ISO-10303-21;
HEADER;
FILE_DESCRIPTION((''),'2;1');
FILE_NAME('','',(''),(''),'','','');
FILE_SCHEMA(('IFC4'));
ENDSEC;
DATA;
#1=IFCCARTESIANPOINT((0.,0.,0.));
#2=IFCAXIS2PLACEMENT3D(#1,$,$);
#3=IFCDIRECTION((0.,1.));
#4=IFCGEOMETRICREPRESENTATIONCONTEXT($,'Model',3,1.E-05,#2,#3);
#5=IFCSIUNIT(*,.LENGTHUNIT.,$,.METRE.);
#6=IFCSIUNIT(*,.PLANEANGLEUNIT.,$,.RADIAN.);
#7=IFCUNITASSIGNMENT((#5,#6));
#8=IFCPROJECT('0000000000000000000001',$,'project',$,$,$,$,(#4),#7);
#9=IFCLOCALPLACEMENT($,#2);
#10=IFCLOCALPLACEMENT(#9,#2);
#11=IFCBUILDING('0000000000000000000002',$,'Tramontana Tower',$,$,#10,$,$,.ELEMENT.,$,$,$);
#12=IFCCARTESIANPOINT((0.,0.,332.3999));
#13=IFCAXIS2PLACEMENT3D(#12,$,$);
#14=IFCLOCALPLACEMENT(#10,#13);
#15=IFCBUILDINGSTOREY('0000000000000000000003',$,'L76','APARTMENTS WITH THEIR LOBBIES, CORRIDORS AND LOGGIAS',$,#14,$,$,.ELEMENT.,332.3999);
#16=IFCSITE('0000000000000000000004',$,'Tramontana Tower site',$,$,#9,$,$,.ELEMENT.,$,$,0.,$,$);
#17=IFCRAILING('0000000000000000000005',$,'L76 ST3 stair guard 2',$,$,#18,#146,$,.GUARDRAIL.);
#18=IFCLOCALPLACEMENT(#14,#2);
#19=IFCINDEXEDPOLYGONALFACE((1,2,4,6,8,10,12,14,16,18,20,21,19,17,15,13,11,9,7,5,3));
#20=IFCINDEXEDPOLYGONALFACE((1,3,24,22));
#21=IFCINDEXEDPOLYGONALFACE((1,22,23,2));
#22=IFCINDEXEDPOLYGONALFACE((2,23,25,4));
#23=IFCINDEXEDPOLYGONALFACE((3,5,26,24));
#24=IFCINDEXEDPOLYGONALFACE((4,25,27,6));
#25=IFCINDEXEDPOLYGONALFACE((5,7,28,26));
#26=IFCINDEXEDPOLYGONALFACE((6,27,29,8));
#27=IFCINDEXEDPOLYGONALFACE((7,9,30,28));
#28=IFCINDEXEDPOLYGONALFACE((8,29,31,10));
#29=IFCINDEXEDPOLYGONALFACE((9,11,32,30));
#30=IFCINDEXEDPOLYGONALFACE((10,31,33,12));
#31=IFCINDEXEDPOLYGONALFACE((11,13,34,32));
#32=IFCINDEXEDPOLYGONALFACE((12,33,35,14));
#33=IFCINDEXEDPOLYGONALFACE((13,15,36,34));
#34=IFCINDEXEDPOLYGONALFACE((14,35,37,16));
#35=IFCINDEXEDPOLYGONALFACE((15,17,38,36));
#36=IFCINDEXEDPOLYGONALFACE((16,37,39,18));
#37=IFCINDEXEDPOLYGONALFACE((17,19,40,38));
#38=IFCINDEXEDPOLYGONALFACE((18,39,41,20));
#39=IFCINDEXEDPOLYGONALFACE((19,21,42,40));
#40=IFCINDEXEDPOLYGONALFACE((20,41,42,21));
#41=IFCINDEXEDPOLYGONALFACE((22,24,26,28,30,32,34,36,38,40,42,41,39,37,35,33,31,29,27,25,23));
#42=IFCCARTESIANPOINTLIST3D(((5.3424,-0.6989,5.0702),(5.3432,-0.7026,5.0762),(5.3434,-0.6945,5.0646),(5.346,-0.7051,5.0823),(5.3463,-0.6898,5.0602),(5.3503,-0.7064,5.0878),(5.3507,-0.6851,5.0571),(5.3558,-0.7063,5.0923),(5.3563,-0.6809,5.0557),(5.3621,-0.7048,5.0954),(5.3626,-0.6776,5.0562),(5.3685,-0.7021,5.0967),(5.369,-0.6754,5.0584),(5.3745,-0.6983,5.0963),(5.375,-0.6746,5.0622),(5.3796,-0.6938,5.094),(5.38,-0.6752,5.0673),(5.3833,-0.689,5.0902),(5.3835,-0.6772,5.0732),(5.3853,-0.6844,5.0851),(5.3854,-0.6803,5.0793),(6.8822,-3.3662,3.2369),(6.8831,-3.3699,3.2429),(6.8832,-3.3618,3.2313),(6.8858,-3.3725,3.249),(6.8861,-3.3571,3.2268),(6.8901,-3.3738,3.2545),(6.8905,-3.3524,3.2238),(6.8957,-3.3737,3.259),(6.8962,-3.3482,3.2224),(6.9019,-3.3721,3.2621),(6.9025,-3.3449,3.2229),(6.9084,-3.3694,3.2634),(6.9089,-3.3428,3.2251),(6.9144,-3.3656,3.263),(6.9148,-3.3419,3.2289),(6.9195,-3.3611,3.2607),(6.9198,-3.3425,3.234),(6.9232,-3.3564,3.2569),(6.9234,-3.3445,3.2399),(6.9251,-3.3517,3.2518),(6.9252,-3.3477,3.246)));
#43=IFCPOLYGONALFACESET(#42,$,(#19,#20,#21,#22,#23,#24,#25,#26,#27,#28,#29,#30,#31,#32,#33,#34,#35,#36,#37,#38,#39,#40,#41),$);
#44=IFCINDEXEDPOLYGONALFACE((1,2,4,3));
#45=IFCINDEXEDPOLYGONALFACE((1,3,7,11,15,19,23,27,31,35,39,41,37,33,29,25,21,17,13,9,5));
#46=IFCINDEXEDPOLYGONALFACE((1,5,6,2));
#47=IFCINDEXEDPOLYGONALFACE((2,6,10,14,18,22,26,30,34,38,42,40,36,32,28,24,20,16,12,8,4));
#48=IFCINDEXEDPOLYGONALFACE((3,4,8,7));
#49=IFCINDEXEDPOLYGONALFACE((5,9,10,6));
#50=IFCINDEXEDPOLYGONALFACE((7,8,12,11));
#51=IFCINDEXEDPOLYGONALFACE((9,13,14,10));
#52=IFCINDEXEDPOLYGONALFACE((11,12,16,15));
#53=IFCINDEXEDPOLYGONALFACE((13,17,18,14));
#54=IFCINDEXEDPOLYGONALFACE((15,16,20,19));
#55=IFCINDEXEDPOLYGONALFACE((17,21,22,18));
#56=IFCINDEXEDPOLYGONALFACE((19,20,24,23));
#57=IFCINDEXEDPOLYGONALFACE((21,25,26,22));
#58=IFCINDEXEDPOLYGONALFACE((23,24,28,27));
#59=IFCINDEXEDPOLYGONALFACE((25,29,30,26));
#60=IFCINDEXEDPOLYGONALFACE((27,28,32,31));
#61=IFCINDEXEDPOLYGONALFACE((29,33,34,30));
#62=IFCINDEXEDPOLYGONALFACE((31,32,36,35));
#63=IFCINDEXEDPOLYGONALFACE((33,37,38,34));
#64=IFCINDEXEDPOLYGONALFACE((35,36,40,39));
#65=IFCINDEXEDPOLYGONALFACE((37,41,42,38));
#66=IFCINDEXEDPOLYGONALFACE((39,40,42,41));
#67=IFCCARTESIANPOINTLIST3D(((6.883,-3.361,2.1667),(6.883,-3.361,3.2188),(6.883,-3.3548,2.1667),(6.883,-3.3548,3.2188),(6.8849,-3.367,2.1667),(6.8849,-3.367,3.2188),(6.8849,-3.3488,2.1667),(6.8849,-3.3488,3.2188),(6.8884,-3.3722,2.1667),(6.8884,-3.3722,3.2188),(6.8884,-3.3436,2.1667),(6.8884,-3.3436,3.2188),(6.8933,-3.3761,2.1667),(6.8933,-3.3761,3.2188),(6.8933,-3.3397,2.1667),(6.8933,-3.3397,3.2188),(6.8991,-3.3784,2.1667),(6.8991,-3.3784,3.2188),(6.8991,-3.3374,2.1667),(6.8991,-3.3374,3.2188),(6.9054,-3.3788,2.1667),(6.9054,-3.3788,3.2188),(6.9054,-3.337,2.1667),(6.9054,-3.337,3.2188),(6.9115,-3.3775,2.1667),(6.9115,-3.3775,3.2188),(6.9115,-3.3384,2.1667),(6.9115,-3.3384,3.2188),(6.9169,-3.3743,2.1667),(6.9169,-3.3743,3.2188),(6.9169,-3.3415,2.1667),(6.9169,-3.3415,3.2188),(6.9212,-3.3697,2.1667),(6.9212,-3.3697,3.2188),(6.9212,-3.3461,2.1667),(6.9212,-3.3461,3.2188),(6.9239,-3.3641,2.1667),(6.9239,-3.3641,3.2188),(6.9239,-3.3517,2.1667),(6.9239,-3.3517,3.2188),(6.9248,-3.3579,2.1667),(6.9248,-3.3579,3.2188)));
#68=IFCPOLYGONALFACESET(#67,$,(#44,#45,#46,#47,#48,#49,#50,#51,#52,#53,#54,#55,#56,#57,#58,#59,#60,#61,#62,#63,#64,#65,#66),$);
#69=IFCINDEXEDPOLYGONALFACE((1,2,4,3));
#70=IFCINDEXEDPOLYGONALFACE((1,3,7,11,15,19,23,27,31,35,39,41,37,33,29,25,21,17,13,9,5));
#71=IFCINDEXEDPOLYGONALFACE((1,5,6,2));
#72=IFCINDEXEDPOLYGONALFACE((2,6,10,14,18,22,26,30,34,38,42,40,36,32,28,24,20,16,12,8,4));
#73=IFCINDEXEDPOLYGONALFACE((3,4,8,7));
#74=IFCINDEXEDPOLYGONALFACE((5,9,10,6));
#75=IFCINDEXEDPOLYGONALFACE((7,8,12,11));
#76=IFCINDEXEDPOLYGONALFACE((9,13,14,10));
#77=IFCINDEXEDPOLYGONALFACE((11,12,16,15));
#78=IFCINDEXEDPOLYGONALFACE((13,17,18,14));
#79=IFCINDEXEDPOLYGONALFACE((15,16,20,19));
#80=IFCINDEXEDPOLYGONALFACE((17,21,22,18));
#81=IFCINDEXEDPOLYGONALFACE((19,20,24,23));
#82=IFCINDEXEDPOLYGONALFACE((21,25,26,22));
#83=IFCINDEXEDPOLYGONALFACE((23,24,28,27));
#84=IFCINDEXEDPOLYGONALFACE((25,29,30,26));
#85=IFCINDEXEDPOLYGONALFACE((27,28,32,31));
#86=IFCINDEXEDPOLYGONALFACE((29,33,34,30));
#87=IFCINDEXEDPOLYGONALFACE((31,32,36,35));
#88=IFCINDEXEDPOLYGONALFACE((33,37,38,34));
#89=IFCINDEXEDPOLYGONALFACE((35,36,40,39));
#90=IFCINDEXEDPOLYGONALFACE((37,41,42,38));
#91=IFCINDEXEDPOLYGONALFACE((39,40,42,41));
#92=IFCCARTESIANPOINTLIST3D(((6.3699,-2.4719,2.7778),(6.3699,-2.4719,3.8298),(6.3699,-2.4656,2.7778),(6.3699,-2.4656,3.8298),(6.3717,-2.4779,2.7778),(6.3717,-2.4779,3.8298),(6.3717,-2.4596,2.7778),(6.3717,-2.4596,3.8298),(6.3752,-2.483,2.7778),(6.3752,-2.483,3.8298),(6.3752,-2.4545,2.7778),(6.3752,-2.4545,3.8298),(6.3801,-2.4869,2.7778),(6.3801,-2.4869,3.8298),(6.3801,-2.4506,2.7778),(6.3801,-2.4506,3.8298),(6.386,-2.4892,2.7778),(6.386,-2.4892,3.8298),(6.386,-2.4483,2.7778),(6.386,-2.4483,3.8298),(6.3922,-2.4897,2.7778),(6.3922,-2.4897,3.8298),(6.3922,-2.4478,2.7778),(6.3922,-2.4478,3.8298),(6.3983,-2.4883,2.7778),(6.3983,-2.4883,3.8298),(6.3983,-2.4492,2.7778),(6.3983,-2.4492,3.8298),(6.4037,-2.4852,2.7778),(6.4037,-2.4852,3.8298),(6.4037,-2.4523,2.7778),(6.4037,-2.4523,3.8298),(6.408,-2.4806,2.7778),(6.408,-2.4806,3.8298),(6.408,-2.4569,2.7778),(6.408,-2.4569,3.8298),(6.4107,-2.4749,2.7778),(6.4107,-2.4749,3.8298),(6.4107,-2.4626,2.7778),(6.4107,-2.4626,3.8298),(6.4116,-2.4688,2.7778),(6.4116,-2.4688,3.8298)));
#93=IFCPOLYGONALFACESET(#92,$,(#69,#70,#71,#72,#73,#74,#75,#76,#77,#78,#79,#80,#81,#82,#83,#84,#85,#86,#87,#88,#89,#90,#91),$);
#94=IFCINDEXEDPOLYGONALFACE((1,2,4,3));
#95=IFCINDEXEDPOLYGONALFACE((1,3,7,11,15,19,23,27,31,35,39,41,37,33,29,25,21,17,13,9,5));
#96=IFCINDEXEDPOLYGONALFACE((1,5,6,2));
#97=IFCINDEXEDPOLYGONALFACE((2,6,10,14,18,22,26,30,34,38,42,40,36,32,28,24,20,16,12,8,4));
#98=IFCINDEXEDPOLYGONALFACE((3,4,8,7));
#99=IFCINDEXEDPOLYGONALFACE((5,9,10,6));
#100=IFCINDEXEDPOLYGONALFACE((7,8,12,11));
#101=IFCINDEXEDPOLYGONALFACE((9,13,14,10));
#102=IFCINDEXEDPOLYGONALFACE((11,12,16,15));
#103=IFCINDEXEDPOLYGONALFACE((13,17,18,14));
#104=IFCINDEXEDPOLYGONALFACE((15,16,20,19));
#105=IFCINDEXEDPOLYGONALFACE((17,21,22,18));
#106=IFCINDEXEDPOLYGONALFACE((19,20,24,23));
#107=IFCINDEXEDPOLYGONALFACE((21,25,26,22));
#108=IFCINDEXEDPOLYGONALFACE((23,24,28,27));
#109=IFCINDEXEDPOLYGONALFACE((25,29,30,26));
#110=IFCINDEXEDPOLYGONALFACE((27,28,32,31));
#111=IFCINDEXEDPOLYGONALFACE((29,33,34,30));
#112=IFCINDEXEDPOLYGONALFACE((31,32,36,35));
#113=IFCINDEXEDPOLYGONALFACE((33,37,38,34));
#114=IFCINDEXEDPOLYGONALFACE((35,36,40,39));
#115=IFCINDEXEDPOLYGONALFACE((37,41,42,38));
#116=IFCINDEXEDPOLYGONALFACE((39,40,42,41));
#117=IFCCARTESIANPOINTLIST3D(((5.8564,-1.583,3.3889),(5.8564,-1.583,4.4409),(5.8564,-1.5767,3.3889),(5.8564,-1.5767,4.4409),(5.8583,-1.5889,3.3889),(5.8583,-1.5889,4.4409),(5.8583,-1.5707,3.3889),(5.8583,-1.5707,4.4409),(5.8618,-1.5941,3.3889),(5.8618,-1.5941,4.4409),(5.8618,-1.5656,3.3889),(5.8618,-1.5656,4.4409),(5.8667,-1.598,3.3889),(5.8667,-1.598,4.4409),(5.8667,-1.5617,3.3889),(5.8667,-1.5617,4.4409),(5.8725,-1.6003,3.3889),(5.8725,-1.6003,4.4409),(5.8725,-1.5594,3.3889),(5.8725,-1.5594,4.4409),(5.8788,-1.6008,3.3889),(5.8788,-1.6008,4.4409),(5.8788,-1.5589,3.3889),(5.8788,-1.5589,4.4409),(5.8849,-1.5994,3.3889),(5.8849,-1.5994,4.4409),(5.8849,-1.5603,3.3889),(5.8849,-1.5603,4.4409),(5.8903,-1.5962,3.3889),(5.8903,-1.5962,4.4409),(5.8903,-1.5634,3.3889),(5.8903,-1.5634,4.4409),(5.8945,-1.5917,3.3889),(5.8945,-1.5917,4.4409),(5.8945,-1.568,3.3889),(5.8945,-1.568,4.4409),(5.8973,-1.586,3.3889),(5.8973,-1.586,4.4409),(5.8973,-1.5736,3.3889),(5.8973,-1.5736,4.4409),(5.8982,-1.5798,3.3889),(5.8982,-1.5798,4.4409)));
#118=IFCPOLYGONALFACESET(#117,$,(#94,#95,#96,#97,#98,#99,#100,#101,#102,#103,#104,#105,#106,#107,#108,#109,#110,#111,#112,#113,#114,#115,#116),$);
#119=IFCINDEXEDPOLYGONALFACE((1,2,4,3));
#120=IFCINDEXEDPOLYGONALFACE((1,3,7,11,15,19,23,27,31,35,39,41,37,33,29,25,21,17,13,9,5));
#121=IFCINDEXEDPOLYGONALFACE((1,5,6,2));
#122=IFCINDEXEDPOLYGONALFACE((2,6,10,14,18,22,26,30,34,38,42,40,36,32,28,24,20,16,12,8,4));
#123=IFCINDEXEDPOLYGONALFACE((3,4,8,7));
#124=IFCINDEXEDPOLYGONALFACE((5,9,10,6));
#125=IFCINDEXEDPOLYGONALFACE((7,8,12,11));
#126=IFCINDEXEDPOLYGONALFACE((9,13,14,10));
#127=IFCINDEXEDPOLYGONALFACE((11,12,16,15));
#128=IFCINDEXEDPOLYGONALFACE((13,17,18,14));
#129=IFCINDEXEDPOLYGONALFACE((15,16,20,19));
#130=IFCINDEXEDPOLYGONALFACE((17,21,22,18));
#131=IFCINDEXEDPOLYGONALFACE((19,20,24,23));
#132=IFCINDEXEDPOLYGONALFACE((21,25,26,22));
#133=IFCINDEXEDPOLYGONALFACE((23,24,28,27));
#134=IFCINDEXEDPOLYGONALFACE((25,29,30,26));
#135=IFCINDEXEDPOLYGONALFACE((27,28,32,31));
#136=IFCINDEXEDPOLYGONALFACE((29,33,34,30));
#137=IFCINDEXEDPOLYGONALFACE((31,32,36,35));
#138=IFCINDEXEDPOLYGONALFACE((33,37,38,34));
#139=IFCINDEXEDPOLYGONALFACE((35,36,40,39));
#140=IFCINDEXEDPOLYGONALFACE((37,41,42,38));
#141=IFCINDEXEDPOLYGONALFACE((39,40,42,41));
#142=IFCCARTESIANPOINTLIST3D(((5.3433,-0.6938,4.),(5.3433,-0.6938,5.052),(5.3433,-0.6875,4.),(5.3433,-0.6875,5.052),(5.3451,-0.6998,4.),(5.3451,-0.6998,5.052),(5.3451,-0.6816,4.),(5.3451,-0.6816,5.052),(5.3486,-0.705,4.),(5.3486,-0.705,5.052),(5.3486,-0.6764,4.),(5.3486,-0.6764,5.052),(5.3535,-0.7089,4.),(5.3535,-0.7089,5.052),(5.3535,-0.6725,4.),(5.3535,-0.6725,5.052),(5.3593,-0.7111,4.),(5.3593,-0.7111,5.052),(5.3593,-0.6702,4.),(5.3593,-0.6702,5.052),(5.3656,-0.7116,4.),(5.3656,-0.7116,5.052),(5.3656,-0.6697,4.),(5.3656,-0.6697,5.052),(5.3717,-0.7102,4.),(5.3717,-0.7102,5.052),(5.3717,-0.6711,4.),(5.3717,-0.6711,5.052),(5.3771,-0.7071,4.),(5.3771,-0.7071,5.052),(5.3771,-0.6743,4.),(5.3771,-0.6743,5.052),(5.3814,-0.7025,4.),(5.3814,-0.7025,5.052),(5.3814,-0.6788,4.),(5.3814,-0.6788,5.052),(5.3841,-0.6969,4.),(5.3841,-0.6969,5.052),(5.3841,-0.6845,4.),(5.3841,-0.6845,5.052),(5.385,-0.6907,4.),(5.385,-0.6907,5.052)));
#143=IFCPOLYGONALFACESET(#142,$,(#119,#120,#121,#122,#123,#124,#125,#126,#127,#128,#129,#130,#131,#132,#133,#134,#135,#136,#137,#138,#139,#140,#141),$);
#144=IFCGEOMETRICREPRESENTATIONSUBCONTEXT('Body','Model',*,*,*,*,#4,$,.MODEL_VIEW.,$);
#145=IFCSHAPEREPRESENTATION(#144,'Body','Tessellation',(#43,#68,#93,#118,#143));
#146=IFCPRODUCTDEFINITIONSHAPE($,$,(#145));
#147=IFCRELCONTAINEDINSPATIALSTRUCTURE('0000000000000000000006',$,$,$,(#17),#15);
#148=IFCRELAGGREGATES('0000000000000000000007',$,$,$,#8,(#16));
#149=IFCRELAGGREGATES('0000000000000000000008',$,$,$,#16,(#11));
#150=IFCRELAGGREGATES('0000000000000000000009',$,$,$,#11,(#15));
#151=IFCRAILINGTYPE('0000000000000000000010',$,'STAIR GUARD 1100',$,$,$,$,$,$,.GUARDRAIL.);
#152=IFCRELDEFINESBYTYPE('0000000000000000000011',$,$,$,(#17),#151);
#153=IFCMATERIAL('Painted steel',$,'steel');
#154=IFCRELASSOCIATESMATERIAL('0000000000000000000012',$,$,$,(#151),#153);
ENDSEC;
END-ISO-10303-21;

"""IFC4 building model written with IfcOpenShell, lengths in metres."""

from ifc_helpers import new_model, si_unit, direction, frame, origin, origin_2d, place, context, subcontext, project, spatial, circle, extrude, material, type_object, element, save


model = new_model("IFC4")

# Units and contexts
model_context = context("Model", 3, precision=1e-05, world=origin(), true_north=direction((0.0, 1.0)))
body_context = subcontext(model_context, "Body", "Model", "MODEL_VIEW")
ifc_project = project(units=[si_unit("LENGTHUNIT", "METRE"), si_unit("PLANEANGLEUNIT", "RADIAN")], contexts=[model_context])

# Site, building, storey
site_placement = place(None, origin())
site = spatial("IfcSite", under=ifc_project, at=site_placement, Name="Tramontana Tower site", CompositionType="ELEMENT", RefElevation=0.0)
building_placement = place(site_placement, origin())
building = spatial("IfcBuilding", under=site, at=building_placement, Name="Tramontana Tower", CompositionType="ELEMENT")
storey_placement = place(building_placement, frame((0.0, 0.0, 332.3999)))
storey = spatial("IfcBuildingStorey", under=building, at=storey_placement, Name="L76", Description="APARTMENTS WITH THEIR LOBBIES, CORRIDORS AND LOGGIAS", CompositionType="ELEMENT", Elevation=332.3999)

# Railing
ifc_material_1 = material(Name="Painted steel", Category="steel")
railing_type_1 = type_object("IfcRailingType", Name="STAIR GUARD 1100", PredefinedType="GUARDRAIL", material=ifc_material_1)
railing_1_placement = place(storey_placement, frame((6.9038, -3.3579, 2.1667)))
element("IfcRailing", 1, at=railing_1_placement, inside=storey, type_object=railing_type_1, Name="L76 ST3 stair guard 2", PredefinedType="GUARDRAIL", context=body_context, shape_type="SweptSolid", body=[
    extrude(circle(Radius=0.0239, at=origin_2d()), frame((0.0, 0.0, 1.0762), z_axis=(-0.429616, 0.744181, 0.511493), x_axis=(-0.866044, -0.499967, 0.0)), (0.0, 0.0, 1.0), 3.5842),
    extrude(circle(Radius=0.021, at=origin_2d()), origin(), (0.0, 0.0, 1.0), 1.052),
    extrude(circle(Radius=0.021, at=origin_2d()), frame((-0.5132, 0.8892, 0.6111)), (0.0, 0.0, 1.0), 1.052),
    extrude(circle(Radius=0.021, at=origin_2d()), frame((-1.0266, 1.7781, 1.2222)), (0.0, 0.0, 1.0), 1.052),
    extrude(circle(Radius=0.021, at=origin_2d()), frame((-1.5398, 2.6672, 1.8333)), (0.0, 0.0, 1.0), 1.052),
])

save(model, "model.ifc")
